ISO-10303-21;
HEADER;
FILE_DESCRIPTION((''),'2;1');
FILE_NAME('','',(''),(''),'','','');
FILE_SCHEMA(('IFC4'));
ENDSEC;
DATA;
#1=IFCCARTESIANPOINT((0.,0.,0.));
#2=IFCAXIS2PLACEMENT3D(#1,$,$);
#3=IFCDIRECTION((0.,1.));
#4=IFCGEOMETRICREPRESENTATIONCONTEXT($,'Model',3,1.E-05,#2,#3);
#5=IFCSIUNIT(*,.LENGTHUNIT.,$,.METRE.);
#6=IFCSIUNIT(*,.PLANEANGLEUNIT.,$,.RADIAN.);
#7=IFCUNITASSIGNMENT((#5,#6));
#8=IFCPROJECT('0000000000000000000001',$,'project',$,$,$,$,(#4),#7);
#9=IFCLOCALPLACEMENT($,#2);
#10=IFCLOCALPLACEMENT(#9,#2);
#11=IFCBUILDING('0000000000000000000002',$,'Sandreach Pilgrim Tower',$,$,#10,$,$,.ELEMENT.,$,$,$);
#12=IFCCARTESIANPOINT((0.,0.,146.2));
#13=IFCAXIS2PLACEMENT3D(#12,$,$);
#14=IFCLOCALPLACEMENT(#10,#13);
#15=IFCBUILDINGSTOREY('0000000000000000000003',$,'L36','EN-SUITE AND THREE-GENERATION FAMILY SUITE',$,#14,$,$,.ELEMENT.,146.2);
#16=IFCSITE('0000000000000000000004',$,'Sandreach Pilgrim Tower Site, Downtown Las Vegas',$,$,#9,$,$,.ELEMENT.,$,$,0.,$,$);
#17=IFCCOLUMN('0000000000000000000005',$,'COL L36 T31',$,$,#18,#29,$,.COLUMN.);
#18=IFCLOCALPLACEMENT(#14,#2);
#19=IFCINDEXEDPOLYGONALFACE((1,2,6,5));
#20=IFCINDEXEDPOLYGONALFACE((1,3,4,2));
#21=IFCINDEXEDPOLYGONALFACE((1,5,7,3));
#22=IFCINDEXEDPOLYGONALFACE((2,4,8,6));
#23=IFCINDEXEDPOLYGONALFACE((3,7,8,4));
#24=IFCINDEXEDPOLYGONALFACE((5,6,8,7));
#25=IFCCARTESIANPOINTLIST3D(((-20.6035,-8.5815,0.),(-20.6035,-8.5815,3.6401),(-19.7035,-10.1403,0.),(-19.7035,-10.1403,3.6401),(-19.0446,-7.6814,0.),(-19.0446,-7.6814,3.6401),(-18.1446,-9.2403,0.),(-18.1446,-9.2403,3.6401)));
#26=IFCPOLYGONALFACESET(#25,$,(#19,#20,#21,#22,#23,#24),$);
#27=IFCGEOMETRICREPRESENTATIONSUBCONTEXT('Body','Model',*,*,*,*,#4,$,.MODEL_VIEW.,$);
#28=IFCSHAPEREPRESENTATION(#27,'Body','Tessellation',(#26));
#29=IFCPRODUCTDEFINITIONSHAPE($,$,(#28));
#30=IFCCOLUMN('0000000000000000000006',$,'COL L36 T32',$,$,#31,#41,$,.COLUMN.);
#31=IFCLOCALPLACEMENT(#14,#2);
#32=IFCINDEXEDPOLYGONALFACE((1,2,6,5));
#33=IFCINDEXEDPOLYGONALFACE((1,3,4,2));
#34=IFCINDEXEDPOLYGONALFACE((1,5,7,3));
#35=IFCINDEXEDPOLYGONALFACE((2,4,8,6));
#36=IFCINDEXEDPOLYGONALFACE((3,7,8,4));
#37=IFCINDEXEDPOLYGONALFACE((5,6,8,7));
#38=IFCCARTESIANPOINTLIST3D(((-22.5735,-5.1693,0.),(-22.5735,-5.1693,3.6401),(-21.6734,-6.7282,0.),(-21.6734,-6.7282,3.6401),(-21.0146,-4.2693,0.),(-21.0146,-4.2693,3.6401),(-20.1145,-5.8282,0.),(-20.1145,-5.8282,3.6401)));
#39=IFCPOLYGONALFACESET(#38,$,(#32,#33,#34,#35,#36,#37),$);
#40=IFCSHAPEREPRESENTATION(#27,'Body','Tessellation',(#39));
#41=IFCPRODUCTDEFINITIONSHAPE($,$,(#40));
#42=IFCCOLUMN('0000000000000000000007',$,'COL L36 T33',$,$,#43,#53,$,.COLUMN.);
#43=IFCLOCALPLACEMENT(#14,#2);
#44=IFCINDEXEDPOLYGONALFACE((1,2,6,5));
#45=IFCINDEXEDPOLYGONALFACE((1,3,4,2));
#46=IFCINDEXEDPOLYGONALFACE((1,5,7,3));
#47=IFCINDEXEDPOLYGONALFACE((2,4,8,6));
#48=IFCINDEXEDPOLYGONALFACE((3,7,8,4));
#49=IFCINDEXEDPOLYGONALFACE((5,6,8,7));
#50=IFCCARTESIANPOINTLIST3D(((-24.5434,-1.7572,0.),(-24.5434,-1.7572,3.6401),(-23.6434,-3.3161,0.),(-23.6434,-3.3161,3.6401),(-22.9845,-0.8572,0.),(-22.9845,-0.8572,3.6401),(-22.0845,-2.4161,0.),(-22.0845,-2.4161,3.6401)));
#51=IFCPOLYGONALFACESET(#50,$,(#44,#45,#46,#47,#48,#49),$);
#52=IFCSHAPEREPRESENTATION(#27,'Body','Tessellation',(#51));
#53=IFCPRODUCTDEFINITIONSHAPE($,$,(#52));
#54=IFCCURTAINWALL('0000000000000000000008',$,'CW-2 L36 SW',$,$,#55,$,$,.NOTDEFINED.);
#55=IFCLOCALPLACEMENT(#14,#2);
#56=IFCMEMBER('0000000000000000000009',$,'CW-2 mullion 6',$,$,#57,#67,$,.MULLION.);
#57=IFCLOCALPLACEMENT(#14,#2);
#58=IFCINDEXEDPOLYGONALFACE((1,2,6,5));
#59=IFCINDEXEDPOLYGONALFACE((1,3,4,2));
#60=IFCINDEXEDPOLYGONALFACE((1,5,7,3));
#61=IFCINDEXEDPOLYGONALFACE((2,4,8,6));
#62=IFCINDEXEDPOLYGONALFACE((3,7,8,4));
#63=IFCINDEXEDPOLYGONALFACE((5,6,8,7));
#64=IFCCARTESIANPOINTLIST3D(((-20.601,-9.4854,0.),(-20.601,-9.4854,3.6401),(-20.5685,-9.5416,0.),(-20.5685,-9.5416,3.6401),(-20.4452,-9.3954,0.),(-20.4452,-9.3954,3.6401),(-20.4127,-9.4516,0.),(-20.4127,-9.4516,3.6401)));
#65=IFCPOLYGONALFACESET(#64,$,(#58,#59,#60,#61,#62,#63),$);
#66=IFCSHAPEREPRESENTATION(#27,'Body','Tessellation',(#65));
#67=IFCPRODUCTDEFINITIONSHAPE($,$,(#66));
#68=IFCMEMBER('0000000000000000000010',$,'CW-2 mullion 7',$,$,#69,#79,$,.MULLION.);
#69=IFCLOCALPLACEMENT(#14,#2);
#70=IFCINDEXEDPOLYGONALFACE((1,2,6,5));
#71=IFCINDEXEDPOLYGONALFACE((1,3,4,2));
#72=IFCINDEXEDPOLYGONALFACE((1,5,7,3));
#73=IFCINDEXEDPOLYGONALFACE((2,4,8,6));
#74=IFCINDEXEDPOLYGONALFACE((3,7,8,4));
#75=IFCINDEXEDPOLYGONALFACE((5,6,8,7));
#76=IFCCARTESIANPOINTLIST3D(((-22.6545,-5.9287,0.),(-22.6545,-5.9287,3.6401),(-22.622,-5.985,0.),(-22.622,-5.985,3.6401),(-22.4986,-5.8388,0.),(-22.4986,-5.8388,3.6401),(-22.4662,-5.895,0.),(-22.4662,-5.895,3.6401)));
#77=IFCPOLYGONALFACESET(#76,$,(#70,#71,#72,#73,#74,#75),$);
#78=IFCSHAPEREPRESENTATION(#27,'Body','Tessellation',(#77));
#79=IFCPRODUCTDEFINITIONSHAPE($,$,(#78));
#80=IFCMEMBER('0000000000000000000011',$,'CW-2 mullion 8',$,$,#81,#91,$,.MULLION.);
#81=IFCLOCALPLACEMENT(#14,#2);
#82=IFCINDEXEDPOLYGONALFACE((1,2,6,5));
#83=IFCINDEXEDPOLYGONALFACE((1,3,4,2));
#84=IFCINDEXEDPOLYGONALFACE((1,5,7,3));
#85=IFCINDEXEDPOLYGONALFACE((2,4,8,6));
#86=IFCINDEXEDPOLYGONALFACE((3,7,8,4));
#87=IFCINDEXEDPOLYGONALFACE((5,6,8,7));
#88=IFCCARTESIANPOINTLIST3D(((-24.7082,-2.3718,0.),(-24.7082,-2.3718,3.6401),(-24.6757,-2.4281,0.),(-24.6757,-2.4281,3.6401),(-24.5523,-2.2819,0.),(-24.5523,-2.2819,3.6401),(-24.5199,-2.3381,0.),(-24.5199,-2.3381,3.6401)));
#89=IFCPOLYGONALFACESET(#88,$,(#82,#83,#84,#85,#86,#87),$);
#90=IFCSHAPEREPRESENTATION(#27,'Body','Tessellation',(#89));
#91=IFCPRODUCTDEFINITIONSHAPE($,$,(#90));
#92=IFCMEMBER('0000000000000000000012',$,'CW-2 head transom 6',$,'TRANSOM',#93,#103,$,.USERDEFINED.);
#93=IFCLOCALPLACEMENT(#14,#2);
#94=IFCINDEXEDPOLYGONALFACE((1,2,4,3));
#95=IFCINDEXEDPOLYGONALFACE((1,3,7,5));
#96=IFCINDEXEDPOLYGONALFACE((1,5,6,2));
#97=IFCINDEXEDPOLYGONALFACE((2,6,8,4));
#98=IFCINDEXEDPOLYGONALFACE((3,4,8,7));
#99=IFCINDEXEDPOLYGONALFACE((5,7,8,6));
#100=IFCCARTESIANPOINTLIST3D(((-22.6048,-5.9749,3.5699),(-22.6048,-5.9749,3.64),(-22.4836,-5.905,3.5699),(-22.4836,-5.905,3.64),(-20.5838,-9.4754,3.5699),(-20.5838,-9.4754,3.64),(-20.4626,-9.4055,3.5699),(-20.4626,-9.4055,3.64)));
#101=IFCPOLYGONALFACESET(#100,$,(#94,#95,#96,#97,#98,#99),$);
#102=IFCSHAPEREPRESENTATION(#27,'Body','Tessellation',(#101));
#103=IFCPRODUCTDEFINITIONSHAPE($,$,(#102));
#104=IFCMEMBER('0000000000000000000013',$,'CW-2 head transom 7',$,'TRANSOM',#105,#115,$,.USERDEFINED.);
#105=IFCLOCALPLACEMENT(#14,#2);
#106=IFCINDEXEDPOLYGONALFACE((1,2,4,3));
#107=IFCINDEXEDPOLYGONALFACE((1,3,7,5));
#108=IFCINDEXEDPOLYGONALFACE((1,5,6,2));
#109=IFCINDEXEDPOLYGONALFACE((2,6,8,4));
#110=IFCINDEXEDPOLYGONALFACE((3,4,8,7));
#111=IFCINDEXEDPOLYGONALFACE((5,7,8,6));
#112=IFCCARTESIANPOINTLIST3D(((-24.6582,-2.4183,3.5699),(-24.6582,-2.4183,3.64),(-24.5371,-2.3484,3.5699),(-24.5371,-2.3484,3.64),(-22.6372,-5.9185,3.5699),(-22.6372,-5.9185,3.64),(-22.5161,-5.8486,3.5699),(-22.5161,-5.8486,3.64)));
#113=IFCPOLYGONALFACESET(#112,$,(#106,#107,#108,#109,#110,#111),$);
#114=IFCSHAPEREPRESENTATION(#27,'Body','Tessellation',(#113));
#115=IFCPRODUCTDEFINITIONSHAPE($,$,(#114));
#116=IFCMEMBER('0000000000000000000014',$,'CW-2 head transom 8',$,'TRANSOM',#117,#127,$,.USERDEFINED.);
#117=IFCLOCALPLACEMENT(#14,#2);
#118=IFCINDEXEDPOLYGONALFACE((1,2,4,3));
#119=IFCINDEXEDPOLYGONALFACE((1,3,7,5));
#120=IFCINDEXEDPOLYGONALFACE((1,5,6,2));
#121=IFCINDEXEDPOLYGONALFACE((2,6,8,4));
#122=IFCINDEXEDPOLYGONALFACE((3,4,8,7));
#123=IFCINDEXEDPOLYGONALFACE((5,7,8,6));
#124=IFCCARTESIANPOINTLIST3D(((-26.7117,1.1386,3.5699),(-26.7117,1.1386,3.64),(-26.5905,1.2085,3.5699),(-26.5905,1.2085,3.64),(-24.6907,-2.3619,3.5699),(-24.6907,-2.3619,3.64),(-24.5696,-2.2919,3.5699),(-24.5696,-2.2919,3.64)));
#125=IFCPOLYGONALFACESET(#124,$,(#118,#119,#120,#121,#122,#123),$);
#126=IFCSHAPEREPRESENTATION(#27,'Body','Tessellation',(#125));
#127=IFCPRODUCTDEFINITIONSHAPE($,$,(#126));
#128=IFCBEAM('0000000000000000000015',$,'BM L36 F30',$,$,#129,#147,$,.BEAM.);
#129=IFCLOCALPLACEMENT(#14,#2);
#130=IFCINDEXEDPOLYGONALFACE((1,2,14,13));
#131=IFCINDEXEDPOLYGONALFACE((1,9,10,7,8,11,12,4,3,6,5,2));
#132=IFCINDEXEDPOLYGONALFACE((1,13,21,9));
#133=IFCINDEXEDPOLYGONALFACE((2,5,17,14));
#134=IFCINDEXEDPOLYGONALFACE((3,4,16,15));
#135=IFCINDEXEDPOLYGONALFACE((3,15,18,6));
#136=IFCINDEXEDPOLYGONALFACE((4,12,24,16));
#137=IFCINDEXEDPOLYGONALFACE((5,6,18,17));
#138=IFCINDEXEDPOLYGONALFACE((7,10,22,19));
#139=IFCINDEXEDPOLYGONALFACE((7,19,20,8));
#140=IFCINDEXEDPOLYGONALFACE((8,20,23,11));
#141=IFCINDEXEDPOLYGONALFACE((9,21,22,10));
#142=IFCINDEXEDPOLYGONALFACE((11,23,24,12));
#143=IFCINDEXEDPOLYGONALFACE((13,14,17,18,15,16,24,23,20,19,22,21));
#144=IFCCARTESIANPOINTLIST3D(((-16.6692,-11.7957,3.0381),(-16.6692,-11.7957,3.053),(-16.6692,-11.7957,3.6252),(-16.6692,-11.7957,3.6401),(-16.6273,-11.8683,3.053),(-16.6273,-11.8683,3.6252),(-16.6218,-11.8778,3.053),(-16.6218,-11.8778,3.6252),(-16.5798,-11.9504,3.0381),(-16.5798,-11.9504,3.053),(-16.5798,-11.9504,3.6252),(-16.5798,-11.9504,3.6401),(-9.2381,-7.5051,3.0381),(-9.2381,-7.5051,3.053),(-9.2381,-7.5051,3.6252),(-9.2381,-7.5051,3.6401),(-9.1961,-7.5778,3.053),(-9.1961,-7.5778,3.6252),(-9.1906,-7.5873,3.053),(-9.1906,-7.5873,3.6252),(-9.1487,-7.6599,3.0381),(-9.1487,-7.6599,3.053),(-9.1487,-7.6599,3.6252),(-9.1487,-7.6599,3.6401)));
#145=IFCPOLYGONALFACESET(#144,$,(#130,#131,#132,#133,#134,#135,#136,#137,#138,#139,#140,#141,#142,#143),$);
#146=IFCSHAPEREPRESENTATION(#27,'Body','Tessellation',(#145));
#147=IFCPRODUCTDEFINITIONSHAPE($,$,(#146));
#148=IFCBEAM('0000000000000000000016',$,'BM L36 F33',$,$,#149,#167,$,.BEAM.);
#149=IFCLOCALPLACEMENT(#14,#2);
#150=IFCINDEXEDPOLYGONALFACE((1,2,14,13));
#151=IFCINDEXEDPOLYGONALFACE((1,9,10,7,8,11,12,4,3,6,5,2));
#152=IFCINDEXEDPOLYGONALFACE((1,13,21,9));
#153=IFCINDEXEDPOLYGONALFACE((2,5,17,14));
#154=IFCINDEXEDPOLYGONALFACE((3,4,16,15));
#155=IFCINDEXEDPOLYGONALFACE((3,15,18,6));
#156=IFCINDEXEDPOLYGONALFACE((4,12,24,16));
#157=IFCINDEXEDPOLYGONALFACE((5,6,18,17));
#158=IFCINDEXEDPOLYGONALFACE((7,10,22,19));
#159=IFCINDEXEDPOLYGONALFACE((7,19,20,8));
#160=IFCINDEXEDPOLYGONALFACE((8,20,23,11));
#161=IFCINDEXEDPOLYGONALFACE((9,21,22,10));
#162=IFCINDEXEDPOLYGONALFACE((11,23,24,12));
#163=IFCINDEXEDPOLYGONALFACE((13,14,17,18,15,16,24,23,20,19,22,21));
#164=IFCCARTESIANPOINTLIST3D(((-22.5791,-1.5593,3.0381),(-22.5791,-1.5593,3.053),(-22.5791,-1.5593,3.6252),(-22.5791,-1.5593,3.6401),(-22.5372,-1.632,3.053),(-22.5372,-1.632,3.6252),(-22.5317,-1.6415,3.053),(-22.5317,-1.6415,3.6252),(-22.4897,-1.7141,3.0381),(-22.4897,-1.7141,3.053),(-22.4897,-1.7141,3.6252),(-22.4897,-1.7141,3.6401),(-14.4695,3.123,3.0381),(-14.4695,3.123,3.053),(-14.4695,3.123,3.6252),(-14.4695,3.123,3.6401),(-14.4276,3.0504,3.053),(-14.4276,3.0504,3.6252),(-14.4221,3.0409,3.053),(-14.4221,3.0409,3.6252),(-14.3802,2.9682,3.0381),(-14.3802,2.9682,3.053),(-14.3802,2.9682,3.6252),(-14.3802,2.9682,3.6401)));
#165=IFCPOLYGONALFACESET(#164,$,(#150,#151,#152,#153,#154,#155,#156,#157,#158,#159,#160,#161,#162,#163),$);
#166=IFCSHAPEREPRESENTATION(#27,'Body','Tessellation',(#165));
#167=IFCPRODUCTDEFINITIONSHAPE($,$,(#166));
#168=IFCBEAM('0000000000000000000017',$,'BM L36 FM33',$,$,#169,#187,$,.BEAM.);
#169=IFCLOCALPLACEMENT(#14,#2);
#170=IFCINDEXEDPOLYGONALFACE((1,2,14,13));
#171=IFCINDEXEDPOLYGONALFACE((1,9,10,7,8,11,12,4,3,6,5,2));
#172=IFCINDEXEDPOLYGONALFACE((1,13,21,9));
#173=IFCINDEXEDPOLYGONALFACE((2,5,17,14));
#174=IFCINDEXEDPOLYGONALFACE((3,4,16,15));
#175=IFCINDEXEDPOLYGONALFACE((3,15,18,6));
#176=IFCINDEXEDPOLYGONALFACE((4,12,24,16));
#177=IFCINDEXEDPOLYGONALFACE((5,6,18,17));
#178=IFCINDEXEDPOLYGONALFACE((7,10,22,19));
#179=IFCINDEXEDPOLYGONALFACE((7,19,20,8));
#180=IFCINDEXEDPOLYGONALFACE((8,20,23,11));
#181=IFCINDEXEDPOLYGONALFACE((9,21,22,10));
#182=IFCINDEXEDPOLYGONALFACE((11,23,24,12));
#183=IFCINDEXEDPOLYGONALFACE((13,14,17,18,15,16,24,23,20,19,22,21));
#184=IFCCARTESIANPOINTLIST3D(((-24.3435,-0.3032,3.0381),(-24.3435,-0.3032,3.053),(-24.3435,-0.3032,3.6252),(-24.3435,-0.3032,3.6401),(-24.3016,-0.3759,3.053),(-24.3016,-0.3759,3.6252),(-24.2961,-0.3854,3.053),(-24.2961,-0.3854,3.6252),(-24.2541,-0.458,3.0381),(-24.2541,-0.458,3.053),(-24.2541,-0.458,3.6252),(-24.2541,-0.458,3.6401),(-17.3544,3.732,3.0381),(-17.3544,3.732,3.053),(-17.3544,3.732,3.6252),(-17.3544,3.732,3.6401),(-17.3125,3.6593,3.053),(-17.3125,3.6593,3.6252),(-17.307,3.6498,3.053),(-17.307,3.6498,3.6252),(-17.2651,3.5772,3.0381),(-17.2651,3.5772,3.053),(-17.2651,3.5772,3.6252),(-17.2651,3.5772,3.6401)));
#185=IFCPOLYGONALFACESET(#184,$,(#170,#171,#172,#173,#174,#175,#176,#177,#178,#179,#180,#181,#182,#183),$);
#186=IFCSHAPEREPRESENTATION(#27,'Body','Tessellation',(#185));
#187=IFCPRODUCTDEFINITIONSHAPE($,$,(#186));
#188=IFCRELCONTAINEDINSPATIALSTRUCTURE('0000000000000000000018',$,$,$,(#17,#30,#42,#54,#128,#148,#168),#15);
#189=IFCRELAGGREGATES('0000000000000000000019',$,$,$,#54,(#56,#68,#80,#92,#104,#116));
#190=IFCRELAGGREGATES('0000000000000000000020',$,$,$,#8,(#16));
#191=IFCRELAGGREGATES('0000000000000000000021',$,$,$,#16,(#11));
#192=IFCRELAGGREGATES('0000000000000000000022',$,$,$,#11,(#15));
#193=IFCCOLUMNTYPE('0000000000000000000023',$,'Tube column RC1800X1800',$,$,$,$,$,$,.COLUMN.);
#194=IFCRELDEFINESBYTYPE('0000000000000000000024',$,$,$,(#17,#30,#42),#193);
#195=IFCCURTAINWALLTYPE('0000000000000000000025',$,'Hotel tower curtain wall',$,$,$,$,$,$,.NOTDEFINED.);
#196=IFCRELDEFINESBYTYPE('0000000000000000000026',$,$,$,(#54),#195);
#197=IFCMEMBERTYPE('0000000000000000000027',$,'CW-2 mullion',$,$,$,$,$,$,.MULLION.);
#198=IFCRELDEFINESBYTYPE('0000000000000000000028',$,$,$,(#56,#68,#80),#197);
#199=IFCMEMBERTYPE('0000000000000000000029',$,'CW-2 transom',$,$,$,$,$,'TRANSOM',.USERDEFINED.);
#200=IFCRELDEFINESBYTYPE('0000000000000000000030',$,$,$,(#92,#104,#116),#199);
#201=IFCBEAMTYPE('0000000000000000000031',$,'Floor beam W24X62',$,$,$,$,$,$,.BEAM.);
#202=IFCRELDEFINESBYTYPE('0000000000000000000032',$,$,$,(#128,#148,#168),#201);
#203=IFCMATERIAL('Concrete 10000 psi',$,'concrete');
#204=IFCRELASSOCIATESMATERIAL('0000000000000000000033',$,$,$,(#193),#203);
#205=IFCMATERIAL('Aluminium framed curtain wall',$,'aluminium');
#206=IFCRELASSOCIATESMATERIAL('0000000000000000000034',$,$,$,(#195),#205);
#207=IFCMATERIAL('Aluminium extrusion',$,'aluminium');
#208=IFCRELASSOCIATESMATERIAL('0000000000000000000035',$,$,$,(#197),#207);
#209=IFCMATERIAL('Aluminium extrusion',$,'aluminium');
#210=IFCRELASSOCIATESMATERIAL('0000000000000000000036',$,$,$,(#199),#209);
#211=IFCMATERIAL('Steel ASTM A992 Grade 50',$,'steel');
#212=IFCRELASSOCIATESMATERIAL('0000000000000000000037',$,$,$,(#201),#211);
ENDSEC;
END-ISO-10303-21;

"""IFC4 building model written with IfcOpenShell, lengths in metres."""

from ifc_helpers import new_model, si_unit, direction, frame, origin, origin_2d, place, context, subcontext, project, spatial, rectangle, i_section, extrude, clip, halfspace, material, material_profile, profile_set, type_object, element, aggregate, save


model = new_model("IFC4")

# Units and contexts
model_context = context("Model", 3, precision=1e-05, world=origin(), true_north=direction((0.0, 1.0)))
body_context = subcontext(model_context, "Body", "Model", "MODEL_VIEW")
ifc_project = project(units=[si_unit("LENGTHUNIT", "METRE"), si_unit("PLANEANGLEUNIT", "RADIAN")], contexts=[model_context])

# Site, building, storey
site_placement = place(None, origin())
site = spatial("IfcSite", under=ifc_project, at=site_placement, Name="Sandreach Pilgrim Tower Site, Downtown Las Vegas", CompositionType="ELEMENT", RefElevation=0.0)
building_placement = place(site_placement, origin())
building = spatial("IfcBuilding", under=site, at=building_placement, Name="Sandreach Pilgrim Tower", CompositionType="ELEMENT")
storey_placement = place(building_placement, frame((0.0, 0.0, 146.2)))
storey = spatial("IfcBuildingStorey", under=building, at=storey_placement, Name="L36", Description="EN-SUITE AND THREE-GENERATION FAMILY SUITE", CompositionType="ELEMENT", Elevation=146.2)

# Columns
ifc_material_1 = material(Name="Concrete 10000 psi", Category="concrete")
ifc_material_profile_1 = material_profile(ifc_material_1, rectangle(XDim=1.8, YDim=1.8, at=origin_2d()), Name="RC1800X1800")
ifc_profile_set_1 = profile_set([ifc_material_profile_1], Name="Concrete 10000 psi")
column_type = type_object("IfcColumnType", Name="Tube column RC1800X1800", PredefinedType="COLUMN", material=ifc_profile_set_1)
column_1_placement = place(storey_placement, frame((-19.374, -8.9109, 0.0), z_axis=(0.0, 0.0, 1.0), x_axis=(-0.866025, -0.5, 0.0)))
element("IfcColumn", 1, at=column_1_placement, inside=storey, type_object=column_type, Name="COL L36 T31", PredefinedType="COLUMN", context=body_context, shape_type="SweptSolid", body=[
    clip(extrude(rectangle(XDim=1.8, YDim=1.8, at=origin_2d()), origin(), (0.0, 0.0, 1.0), 3.7537), halfspace(frame((0.0, 0.0, 3.6401)), False)),
])
column_2_placement = place(storey_placement, frame((-21.344, -5.4988, 0.0), z_axis=(0.0, 0.0, 1.0), x_axis=(-0.866025, -0.5, 0.0)))
element("IfcColumn", 2, at=column_2_placement, inside=storey, type_object=column_type, Name="COL L36 T32", PredefinedType="COLUMN", context=body_context, shape_type="SweptSolid", body=[
    clip(extrude(rectangle(XDim=1.8, YDim=1.8, at=origin_2d()), origin(), (0.0, 0.0, 1.0), 3.7456), halfspace(frame((0.0, 0.0, 3.6401)), False)),
])
column_3_placement = place(storey_placement, frame((-23.314, -2.0867, 0.0), z_axis=(0.0, 0.0, 1.0), x_axis=(-0.866025, -0.5, 0.0)))
element("IfcColumn", 3, at=column_3_placement, inside=storey, type_object=column_type, Name="COL L36 T33", PredefinedType="COLUMN", context=body_context, shape_type="SweptSolid", body=[
    clip(extrude(rectangle(XDim=1.8, YDim=1.8, at=origin_2d()), origin(), (0.0, 0.0, 1.0), 3.7378), halfspace(frame((0.0, 0.0, 3.6401)), False)),
])

# Curtain wall, members
ifc_material_2 = material(Name="Aluminium framed curtain wall", Category="aluminium")
curtain_wall_type = type_object("IfcCurtainWallType", Name="Hotel tower curtain wall", PredefinedType="NOTDEFINED", material=ifc_material_2)
curtain_wall_placement = place(storey_placement, origin())
curtain_wall = element("IfcCurtainWall", 4, at=curtain_wall_placement, inside=storey, type_object=curtain_wall_type, Name="CW-2 L36 SW", PredefinedType="NOTDEFINED")
ifc_material_3 = material(Name="Aluminium extrusion", Category="aluminium")
ifc_material_profile_2 = material_profile(ifc_material_3, rectangle(XDim=0.0649, YDim=0.1799, at=origin_2d()), Name="CW-2M 65X180")
ifc_profile_set_2 = profile_set([ifc_material_profile_2], Name="Aluminium extrusion")
member_type_1 = type_object("IfcMemberType", Name="CW-2 mullion", PredefinedType="MULLION", material=ifc_profile_set_2)
member_1_placement = place(storey_placement, frame((-20.5068, -9.4685, 0.0), z_axis=(0.0, 0.0, 1.0), x_axis=(-0.5, 0.866025, 0.0)))
member_1 = element("IfcMember", 5, at=member_1_placement, type_object=member_type_1, Name="CW-2 mullion 6", PredefinedType="MULLION", context=body_context, shape_type="SweptSolid", body=[
    extrude(rectangle(XDim=0.0649, YDim=0.1799, at=origin_2d()), origin(), (0.0, 0.0, 1.0), 3.6401),
])
member_2_placement = place(storey_placement, frame((-22.5603, -5.9119, 0.0), z_axis=(0.0, 0.0, 1.0), x_axis=(-0.5, 0.866025, 0.0)))
member_2 = element("IfcMember", 6, at=member_2_placement, type_object=member_type_1, Name="CW-2 mullion 7", PredefinedType="MULLION", context=body_context, shape_type="SweptSolid", body=[
    extrude(rectangle(XDim=0.0649, YDim=0.1799, at=origin_2d()), origin(), (0.0, 0.0, 1.0), 3.6401),
])
member_3_placement = place(storey_placement, frame((-24.614, -2.355, 0.0), z_axis=(0.0, 0.0, 1.0), x_axis=(-0.5, 0.866025, 0.0)))
member_3 = element("IfcMember", 7, at=member_3_placement, type_object=member_type_1, Name="CW-2 mullion 8", PredefinedType="MULLION", context=body_context, shape_type="SweptSolid", body=[
    extrude(rectangle(XDim=0.0649, YDim=0.1799, at=origin_2d()), origin(), (0.0, 0.0, 1.0), 3.6401),
])
ifc_material_4 = material(Name="Aluminium extrusion", Category="aluminium")
ifc_material_profile_3 = material_profile(ifc_material_4, rectangle(XDim=0.1399, YDim=0.0701, at=origin_2d()), Name="CW-2T 140X70")
ifc_profile_set_3 = profile_set([ifc_material_profile_3], Name="Aluminium extrusion")
member_type_2 = type_object("IfcMemberType", Name="CW-2 transom", ElementType="TRANSOM", PredefinedType="USERDEFINED", material=ifc_profile_set_3)
member_4_placement = place(storey_placement, frame((-20.5232, -9.4404, 3.605), z_axis=(-0.499998, 0.866027, 0.0), x_axis=(-0.866027, -0.499998, 0.0)))
member_4 = element("IfcMember", 8, at=member_4_placement, type_object=member_type_2, Name="CW-2 head transom 6", ObjectType="TRANSOM", PredefinedType="USERDEFINED", context=body_context, shape_type="SweptSolid", body=[
    extrude(rectangle(XDim=0.1399, YDim=0.0701, at=origin_2d()), origin(), (0.0, 0.0, 1.0), 4.042),
])
member_5_placement = place(storey_placement, frame((-22.5767, -5.8835, 3.605), z_axis=(-0.500024, 0.866012, 0.0), x_axis=(-0.866012, -0.500024, 0.0)))
member_5 = element("IfcMember", 9, at=member_5_placement, type_object=member_type_2, Name="CW-2 head transom 7", ObjectType="TRANSOM", PredefinedType="USERDEFINED", context=body_context, shape_type="SweptSolid", body=[
    extrude(rectangle(XDim=0.1399, YDim=0.0701, at=origin_2d()), origin(), (0.0, 0.0, 1.0), 4.0417),
])
member_6_placement = place(storey_placement, frame((-24.6301, -2.3269, 3.605), z_axis=(-0.499998, 0.866027, 0.0), x_axis=(-0.866027, -0.499998, 0.0)))
member_6 = element("IfcMember", 10, at=member_6_placement, type_object=member_type_2, Name="CW-2 head transom 8", ObjectType="TRANSOM", PredefinedType="USERDEFINED", context=body_context, shape_type="SweptSolid", body=[
    extrude(rectangle(XDim=0.1399, YDim=0.0701, at=origin_2d()), origin(), (0.0, 0.0, 1.0), 4.042),
])

# Beams
ifc_material_5 = material(Name="Steel ASTM A992 Grade 50", Category="steel")
ifc_material_profile_4 = material_profile(ifc_material_5, i_section(OverallWidth=0.1787, OverallDepth=0.6021, WebThickness=0.011, FlangeThickness=0.0149, at=origin_2d()), Name="W24X62")
ifc_profile_set_4 = profile_set([ifc_material_profile_4], Name="Steel ASTM A992 Grade 50")
beam_type_1 = type_object("IfcBeamType", Name="Floor beam W24X62", PredefinedType="BEAM", material=ifc_profile_set_4)
beam_1_placement = place(storey_placement, frame((-16.6245, -11.873, 3.3391), z_axis=(0.866018, 0.500013, 0.0), x_axis=(-0.500013, 0.866018, 0.0)))
element("IfcBeam", 11, at=beam_1_placement, inside=storey, type_object=beam_type_1, Name="BM L36 F30", PredefinedType="BEAM", context=body_context, shape_type="SweptSolid", body=[
    extrude(i_section(OverallWidth=0.1787, OverallDepth=0.6021, WebThickness=0.011, FlangeThickness=0.0149, at=origin_2d()), origin(), (0.0, 0.0, 1.0), 8.5808),
])
beam_2_placement = place(storey_placement, frame((-22.5344, -1.6367, 3.3391), z_axis=(0.866012, 0.500023, 0.0), x_axis=(-0.500023, 0.866012, 0.0)))
element("IfcBeam", 12, at=beam_2_placement, inside=storey, type_object=beam_type_1, Name="BM L36 F33", PredefinedType="BEAM", context=body_context, shape_type="SweptSolid", body=[
    extrude(i_section(OverallWidth=0.1787, OverallDepth=0.6021, WebThickness=0.011, FlangeThickness=0.0149, at=origin_2d()), origin(), (0.0, 0.0, 1.0), 9.3643),
])
beam_3_placement = place(storey_placement, frame((-24.2988, -0.3806, 3.3391), z_axis=(0.866023, 0.500004, 0.0), x_axis=(-0.500004, 0.866023, 0.0)))
element("IfcBeam", 13, at=beam_3_placement, inside=storey, type_object=beam_type_1, Name="BM L36 FM33", PredefinedType="BEAM", context=body_context, shape_type="SweptSolid", body=[
    extrude(i_section(OverallWidth=0.1787, OverallDepth=0.6021, WebThickness=0.011, FlangeThickness=0.0149, at=origin_2d()), origin(), (0.0, 0.0, 1.0), 8.0703),
])

aggregate(curtain_wall, [member_1, member_2, member_3, member_4, member_5, member_6])

save(model, "model.ifc")
